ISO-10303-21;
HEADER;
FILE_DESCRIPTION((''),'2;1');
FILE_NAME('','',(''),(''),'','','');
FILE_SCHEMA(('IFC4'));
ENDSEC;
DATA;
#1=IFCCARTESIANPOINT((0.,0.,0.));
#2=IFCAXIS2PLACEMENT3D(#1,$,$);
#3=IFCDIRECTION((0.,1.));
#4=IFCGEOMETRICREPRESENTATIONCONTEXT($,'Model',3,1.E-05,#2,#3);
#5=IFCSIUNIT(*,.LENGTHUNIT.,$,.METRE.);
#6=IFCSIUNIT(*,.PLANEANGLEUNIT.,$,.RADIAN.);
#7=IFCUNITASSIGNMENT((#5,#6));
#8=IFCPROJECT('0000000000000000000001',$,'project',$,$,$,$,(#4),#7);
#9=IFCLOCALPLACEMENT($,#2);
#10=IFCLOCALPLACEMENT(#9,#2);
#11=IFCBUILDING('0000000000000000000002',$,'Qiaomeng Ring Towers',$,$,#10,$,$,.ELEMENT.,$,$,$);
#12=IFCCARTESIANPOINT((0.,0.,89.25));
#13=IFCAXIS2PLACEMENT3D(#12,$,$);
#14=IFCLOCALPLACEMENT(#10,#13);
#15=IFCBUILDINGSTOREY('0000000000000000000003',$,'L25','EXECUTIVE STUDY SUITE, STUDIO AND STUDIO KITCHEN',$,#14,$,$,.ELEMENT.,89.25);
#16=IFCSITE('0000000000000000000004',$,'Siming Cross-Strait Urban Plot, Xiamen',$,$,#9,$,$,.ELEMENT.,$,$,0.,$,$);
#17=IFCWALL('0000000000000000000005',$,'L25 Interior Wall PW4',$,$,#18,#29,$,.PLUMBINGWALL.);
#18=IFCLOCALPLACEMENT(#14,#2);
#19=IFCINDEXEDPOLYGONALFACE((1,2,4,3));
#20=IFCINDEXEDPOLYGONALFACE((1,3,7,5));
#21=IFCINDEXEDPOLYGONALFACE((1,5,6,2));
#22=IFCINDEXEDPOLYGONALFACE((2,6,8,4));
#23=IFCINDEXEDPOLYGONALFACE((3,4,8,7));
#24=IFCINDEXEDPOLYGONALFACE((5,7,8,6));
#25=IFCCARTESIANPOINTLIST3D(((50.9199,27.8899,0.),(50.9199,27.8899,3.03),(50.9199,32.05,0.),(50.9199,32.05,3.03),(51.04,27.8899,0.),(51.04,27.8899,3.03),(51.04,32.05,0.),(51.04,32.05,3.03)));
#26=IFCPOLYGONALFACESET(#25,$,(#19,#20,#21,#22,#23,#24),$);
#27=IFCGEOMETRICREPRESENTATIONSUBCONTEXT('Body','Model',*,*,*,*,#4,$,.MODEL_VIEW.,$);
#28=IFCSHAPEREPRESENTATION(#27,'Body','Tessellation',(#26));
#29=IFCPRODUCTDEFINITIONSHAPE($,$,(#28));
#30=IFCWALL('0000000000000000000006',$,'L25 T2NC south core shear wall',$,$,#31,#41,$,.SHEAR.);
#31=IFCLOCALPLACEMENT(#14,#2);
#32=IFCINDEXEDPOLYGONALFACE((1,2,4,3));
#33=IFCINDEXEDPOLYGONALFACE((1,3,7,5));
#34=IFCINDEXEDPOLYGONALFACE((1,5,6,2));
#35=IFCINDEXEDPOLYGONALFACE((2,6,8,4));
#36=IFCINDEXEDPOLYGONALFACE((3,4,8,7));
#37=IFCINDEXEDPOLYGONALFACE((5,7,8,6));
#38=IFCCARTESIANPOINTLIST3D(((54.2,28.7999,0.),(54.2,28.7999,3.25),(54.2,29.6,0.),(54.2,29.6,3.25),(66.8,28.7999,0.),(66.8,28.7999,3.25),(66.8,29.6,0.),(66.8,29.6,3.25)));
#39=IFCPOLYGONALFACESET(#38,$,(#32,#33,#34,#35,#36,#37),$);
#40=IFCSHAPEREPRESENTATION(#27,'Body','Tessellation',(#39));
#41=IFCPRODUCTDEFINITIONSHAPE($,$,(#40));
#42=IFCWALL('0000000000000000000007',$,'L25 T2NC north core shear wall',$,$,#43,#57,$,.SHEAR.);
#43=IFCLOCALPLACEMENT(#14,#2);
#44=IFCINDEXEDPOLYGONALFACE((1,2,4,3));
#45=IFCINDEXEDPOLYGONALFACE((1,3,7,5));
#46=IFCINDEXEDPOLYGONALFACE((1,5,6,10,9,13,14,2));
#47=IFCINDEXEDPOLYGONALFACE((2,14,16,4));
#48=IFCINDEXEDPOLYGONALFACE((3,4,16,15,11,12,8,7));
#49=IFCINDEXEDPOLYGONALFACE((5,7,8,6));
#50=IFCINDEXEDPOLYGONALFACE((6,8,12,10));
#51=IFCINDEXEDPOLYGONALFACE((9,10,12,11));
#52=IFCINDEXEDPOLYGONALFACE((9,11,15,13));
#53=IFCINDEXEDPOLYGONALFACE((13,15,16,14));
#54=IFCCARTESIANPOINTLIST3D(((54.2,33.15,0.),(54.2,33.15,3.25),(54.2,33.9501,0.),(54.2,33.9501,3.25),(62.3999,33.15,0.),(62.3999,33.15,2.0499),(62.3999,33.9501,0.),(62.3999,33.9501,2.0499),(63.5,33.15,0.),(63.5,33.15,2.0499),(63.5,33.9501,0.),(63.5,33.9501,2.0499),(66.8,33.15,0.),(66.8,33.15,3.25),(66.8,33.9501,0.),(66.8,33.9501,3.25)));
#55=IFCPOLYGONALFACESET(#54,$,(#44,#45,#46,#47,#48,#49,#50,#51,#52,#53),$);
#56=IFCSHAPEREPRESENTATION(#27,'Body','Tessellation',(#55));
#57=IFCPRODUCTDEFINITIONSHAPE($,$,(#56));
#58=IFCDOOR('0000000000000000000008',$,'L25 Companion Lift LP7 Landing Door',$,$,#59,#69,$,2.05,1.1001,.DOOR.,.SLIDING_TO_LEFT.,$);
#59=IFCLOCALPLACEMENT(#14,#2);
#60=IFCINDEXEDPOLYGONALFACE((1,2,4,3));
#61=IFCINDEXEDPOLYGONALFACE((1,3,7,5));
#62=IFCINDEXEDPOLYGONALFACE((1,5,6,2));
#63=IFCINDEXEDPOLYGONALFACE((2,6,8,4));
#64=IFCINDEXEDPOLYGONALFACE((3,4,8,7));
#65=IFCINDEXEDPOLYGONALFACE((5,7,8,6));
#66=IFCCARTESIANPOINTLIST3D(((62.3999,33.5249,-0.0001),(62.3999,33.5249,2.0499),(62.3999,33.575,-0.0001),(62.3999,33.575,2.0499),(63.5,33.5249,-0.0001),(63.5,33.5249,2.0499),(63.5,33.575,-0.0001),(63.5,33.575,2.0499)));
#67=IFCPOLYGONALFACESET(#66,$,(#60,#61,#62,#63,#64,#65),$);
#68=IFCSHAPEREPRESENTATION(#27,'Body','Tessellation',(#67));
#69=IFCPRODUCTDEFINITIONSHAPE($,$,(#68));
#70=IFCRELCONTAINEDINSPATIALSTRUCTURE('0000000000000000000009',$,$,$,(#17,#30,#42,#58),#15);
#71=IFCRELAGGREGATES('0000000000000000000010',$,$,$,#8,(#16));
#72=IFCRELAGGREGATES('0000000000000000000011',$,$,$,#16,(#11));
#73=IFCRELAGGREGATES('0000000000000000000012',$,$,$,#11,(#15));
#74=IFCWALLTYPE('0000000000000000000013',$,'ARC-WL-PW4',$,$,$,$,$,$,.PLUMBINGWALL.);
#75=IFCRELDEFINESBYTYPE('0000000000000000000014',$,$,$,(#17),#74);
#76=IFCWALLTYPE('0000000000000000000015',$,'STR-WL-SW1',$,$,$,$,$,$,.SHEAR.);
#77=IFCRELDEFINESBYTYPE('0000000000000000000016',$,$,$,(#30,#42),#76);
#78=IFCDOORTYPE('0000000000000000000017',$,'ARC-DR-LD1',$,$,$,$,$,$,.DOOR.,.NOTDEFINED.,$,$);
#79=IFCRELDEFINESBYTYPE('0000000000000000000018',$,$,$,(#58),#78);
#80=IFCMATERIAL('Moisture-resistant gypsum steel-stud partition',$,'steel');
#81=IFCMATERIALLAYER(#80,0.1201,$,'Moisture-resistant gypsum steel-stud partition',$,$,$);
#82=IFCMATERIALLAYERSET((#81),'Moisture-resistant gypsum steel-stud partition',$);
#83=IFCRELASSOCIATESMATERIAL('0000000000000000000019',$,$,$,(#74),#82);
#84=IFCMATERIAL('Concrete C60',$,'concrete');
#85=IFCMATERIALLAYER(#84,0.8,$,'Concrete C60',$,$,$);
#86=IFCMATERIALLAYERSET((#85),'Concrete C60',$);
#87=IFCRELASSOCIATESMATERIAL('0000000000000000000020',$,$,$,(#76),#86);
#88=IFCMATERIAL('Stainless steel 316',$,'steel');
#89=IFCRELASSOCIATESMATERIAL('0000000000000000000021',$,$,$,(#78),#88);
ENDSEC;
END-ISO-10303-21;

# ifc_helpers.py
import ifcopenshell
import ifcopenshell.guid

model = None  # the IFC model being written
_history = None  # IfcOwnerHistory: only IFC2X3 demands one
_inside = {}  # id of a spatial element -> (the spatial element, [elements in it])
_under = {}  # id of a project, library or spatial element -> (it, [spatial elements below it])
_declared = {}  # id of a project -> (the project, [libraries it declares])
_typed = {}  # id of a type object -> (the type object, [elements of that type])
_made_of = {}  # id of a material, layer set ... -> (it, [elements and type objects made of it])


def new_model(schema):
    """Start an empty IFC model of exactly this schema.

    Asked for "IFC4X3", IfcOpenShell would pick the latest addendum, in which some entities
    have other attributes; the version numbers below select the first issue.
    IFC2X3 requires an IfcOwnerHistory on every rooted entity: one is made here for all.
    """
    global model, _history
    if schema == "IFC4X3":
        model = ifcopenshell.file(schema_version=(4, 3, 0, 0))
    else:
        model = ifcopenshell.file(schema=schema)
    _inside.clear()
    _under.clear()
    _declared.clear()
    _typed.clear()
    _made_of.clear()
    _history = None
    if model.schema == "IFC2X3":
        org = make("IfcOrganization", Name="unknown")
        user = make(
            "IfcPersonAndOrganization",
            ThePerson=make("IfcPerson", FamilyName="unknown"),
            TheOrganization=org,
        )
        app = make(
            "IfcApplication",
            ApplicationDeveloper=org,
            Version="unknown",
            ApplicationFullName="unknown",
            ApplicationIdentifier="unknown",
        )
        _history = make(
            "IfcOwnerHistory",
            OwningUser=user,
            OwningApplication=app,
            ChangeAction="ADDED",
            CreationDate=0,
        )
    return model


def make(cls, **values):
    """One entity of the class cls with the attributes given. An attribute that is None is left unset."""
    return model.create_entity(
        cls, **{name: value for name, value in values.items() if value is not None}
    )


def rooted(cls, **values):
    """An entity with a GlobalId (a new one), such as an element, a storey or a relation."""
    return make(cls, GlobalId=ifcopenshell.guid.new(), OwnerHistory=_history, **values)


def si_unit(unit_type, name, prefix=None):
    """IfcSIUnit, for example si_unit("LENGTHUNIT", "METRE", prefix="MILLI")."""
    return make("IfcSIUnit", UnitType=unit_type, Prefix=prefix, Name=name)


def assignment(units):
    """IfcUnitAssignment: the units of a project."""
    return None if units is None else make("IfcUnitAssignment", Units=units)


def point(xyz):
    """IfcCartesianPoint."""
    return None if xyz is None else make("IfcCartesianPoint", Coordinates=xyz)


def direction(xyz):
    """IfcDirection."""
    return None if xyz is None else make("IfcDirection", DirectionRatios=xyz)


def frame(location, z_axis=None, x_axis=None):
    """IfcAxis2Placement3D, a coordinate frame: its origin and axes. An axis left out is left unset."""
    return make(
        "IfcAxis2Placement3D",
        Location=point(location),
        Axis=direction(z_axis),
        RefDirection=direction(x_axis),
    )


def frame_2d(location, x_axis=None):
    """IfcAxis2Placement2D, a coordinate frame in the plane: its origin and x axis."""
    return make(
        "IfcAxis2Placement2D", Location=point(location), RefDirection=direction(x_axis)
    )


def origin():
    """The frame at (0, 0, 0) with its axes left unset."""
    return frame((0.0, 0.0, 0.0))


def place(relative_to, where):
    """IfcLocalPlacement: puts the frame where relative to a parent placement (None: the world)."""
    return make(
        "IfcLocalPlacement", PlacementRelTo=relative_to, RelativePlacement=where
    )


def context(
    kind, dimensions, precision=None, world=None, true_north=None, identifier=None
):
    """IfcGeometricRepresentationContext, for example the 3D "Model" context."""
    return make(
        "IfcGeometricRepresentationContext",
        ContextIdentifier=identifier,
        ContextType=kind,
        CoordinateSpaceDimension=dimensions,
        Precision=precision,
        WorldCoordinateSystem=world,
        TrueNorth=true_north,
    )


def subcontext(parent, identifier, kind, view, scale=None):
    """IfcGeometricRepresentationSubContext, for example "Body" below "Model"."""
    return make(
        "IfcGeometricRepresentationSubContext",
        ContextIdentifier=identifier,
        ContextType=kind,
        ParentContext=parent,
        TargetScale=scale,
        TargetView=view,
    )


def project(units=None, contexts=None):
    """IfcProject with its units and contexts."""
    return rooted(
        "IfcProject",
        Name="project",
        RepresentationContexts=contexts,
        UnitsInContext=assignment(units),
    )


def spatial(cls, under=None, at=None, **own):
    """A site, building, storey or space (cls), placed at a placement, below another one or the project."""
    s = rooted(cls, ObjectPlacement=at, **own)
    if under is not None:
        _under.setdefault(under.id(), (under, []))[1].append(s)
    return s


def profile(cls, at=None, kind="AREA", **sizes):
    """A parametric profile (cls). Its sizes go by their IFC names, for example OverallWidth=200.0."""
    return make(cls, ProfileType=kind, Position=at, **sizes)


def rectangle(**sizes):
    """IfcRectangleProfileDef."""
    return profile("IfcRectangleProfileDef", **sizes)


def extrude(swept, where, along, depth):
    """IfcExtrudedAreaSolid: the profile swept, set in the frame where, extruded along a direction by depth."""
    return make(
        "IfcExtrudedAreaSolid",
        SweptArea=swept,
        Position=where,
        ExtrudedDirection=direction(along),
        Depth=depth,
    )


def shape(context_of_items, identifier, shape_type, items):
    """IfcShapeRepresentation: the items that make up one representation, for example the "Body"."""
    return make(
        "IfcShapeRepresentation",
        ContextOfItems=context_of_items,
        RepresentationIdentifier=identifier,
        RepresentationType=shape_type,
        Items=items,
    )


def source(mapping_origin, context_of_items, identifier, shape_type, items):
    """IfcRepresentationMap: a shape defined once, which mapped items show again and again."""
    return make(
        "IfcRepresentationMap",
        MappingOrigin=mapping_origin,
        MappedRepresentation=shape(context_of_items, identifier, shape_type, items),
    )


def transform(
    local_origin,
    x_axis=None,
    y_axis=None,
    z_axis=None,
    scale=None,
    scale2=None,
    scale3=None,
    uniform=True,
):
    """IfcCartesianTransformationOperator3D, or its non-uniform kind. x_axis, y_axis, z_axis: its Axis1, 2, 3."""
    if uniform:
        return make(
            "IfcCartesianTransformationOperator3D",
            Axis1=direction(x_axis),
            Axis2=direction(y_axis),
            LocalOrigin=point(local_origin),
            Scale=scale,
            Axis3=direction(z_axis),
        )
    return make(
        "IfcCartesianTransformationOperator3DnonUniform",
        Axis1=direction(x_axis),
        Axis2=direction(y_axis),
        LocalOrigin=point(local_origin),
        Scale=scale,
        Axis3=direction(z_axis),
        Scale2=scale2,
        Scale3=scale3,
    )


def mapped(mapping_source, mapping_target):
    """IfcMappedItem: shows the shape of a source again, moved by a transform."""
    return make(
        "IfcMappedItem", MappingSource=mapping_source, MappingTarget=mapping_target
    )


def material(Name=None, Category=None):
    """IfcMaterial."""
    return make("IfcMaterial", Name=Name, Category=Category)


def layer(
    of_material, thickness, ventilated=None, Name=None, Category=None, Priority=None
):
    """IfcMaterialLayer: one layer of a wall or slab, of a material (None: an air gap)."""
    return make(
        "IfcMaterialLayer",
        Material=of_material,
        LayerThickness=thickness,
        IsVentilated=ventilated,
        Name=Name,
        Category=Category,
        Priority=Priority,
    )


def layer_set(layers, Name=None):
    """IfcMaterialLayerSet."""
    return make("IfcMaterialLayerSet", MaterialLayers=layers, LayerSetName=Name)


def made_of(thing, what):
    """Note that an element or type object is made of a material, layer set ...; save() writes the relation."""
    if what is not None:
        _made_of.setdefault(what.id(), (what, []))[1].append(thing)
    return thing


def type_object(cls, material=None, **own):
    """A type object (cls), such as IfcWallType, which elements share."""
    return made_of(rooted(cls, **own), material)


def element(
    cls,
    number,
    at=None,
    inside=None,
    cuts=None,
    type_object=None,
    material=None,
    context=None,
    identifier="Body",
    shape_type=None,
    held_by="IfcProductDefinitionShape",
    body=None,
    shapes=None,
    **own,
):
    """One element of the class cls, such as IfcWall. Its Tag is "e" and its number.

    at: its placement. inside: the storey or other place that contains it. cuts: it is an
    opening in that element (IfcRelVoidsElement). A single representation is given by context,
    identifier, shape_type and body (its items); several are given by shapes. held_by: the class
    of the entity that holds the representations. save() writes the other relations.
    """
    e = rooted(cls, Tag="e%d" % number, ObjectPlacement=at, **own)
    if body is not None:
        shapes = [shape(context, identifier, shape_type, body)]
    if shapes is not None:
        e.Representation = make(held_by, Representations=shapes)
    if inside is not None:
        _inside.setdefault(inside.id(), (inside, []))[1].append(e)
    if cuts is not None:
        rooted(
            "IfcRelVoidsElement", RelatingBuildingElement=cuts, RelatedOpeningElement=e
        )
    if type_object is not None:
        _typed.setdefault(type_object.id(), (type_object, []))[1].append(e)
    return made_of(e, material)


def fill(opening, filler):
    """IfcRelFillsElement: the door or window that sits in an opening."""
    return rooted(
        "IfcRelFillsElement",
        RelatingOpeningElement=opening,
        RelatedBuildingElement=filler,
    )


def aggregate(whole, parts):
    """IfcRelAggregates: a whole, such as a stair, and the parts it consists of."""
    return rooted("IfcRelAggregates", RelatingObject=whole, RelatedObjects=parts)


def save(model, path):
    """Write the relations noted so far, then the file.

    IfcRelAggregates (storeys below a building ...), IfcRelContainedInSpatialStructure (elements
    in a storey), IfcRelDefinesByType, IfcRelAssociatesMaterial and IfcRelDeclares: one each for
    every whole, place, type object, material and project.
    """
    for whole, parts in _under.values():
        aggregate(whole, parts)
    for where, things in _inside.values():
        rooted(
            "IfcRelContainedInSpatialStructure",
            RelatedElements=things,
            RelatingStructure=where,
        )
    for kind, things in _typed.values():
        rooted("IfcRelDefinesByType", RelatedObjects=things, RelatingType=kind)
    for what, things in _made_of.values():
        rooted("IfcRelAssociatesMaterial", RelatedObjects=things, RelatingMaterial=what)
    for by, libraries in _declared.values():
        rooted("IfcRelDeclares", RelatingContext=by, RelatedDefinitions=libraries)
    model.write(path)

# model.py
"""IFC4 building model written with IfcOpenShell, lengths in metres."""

from ifc_helpers import new_model, si_unit, direction, frame, frame_2d, origin, place, context, subcontext, project, spatial, rectangle, extrude, source, transform, mapped, material, layer, layer_set, type_object, element, fill, save


model = new_model("IFC4")

# Units and contexts
model_context = context("Model", 3, precision=1e-05, world=origin(), true_north=direction((0.0, 1.0)))
body_context = subcontext(model_context, "Body", "Model", "MODEL_VIEW")
ifc_project = project(units=[si_unit("LENGTHUNIT", "METRE"), si_unit("PLANEANGLEUNIT", "RADIAN")], contexts=[model_context])

# Site, building, storey
site_placement = place(None, origin())
site = spatial("IfcSite", under=ifc_project, at=site_placement, Name="Siming Cross-Strait Urban Plot, Xiamen", CompositionType="ELEMENT", RefElevation=0.0)
building_placement = place(site_placement, origin())
building = spatial("IfcBuilding", under=site, at=building_placement, Name="Qiaomeng Ring Towers", CompositionType="ELEMENT")
storey_placement = place(building_placement, frame((0.0, 0.0, 89.25)))
storey = spatial("IfcBuildingStorey", under=building, at=storey_placement, Name="L25", Description="EXECUTIVE STUDY SUITE, STUDIO AND STUDIO KITCHEN", CompositionType="ELEMENT", Elevation=89.25)

# Walls
ifc_material_1 = material(Name="Moisture-resistant gypsum steel-stud partition", Category="steel")
ifc_layer_1 = layer(ifc_material_1, 0.1201, Name="Moisture-resistant gypsum steel-stud partition")
ifc_layer_set_1 = layer_set([ifc_layer_1], Name="Moisture-resistant gypsum steel-stud partition")
wall_type_1 = type_object("IfcWallType", Name="ARC-WL-PW4", PredefinedType="PLUMBINGWALL", material=ifc_layer_set_1)
wall_1_placement = place(storey_placement, frame((50.98, 27.8899, 0.0), z_axis=(0.0, 0.0, 1.0), x_axis=(0.0, 1.0, 0.0)))
element("IfcWall", 1, at=wall_1_placement, inside=storey, type_object=wall_type_1, Name="L25 Interior Wall PW4", PredefinedType="PLUMBINGWALL", context=body_context, shape_type="SweptSolid", body=[
    extrude(rectangle(XDim=4.1602, YDim=0.1201, at=frame_2d((2.0801, 0.0))), origin(), (0.0, 0.0, 1.0), 3.03),
])
ifc_material_2 = material(Name="Concrete C60", Category="concrete")
ifc_layer_2 = layer(ifc_material_2, 0.8, Name="Concrete C60")
ifc_layer_set_2 = layer_set([ifc_layer_2], Name="Concrete C60")
wall_type_2 = type_object("IfcWallType", Name="STR-WL-SW1", PredefinedType="SHEAR", material=ifc_layer_set_2)
wall_2_placement = place(storey_placement, frame((54.2, 29.2, 0.0), z_axis=(0.0, 0.0, 1.0), x_axis=(1.0, 0.0, 0.0)))
element("IfcWall", 2, at=wall_2_placement, inside=storey, type_object=wall_type_2, Name="L25 T2NC south core shear wall", PredefinedType="SHEAR", context=body_context, shape_type="SweptSolid", body=[
    extrude(rectangle(XDim=12.6001, YDim=0.8, at=frame_2d((6.3, 0.0))), origin(), (0.0, 0.0, 1.0), 3.25),
])

# Wall, opening, door
wall_3_placement = place(storey_placement, frame((54.2, 33.55, 0.0), z_axis=(0.0, 0.0, 1.0), x_axis=(1.0, 0.0, 0.0)))
wall_3 = element("IfcWall", 3, at=wall_3_placement, inside=storey, type_object=wall_type_2, Name="L25 T2NC north core shear wall", PredefinedType="SHEAR", context=body_context, shape_type="SweptSolid", body=[
    extrude(rectangle(XDim=12.6001, YDim=0.8, at=frame_2d((6.3, 0.0))), origin(), (0.0, 0.0, 1.0), 3.25),
])
opening_placement = place(wall_3_placement, frame((8.2, 0.0, 0.0)))
opening = element("IfcOpeningElement", 4, at=opening_placement, cuts=wall_3, PredefinedType="OPENING", context=body_context, shape_type="SweptSolid", body=[
    extrude(rectangle(XDim=1.1001, YDim=2.05, at=frame_2d((0.55, 1.0249))), frame((0.0, 0.4099, 0.0), z_axis=(0.0, -1.0, 0.0), x_axis=(1.0, 0.0, 0.0)), (0.0, 0.0, 1.0), 0.8201),
])
ifc_material_3 = material(Name="Stainless steel 316", Category="steel")
door_type = type_object("IfcDoorType", Name="ARC-DR-LD1", OperationType="NOTDEFINED", PredefinedType="DOOR", material=ifc_material_3)
shared_shape_1 = source(origin(), body_context, "Body", "SweptSolid", [
    extrude(rectangle(XDim=1.1001, YDim=2.05, at=frame_2d((0.55, 1.0249))), frame((0.0, 0.0249, 0.0), z_axis=(0.0, -1.0, 0.0), x_axis=(1.0, 0.0, 0.0)), (0.0, 0.0, 1.0), 0.05),
])
door_placement = place(opening_placement, origin())
door = element("IfcDoor", 5, at=door_placement, inside=storey, type_object=door_type, Name="L25 Companion Lift LP7 Landing Door", OperationType="SLIDING_TO_LEFT", OverallHeight=2.05, OverallWidth=1.1001, PredefinedType="DOOR", context=body_context, shape_type="MappedRepresentation", body=[
    mapped(shared_shape_1, transform((0.0, 0.0, 0.0), x_axis=(1.0, 0.0, 0.0), y_axis=(0.0, 1.0, 0.0), z_axis=(0.0, 0.0, 1.0), scale=1.0)),
])
fill(opening, door)

save(model, "model.ifc")
